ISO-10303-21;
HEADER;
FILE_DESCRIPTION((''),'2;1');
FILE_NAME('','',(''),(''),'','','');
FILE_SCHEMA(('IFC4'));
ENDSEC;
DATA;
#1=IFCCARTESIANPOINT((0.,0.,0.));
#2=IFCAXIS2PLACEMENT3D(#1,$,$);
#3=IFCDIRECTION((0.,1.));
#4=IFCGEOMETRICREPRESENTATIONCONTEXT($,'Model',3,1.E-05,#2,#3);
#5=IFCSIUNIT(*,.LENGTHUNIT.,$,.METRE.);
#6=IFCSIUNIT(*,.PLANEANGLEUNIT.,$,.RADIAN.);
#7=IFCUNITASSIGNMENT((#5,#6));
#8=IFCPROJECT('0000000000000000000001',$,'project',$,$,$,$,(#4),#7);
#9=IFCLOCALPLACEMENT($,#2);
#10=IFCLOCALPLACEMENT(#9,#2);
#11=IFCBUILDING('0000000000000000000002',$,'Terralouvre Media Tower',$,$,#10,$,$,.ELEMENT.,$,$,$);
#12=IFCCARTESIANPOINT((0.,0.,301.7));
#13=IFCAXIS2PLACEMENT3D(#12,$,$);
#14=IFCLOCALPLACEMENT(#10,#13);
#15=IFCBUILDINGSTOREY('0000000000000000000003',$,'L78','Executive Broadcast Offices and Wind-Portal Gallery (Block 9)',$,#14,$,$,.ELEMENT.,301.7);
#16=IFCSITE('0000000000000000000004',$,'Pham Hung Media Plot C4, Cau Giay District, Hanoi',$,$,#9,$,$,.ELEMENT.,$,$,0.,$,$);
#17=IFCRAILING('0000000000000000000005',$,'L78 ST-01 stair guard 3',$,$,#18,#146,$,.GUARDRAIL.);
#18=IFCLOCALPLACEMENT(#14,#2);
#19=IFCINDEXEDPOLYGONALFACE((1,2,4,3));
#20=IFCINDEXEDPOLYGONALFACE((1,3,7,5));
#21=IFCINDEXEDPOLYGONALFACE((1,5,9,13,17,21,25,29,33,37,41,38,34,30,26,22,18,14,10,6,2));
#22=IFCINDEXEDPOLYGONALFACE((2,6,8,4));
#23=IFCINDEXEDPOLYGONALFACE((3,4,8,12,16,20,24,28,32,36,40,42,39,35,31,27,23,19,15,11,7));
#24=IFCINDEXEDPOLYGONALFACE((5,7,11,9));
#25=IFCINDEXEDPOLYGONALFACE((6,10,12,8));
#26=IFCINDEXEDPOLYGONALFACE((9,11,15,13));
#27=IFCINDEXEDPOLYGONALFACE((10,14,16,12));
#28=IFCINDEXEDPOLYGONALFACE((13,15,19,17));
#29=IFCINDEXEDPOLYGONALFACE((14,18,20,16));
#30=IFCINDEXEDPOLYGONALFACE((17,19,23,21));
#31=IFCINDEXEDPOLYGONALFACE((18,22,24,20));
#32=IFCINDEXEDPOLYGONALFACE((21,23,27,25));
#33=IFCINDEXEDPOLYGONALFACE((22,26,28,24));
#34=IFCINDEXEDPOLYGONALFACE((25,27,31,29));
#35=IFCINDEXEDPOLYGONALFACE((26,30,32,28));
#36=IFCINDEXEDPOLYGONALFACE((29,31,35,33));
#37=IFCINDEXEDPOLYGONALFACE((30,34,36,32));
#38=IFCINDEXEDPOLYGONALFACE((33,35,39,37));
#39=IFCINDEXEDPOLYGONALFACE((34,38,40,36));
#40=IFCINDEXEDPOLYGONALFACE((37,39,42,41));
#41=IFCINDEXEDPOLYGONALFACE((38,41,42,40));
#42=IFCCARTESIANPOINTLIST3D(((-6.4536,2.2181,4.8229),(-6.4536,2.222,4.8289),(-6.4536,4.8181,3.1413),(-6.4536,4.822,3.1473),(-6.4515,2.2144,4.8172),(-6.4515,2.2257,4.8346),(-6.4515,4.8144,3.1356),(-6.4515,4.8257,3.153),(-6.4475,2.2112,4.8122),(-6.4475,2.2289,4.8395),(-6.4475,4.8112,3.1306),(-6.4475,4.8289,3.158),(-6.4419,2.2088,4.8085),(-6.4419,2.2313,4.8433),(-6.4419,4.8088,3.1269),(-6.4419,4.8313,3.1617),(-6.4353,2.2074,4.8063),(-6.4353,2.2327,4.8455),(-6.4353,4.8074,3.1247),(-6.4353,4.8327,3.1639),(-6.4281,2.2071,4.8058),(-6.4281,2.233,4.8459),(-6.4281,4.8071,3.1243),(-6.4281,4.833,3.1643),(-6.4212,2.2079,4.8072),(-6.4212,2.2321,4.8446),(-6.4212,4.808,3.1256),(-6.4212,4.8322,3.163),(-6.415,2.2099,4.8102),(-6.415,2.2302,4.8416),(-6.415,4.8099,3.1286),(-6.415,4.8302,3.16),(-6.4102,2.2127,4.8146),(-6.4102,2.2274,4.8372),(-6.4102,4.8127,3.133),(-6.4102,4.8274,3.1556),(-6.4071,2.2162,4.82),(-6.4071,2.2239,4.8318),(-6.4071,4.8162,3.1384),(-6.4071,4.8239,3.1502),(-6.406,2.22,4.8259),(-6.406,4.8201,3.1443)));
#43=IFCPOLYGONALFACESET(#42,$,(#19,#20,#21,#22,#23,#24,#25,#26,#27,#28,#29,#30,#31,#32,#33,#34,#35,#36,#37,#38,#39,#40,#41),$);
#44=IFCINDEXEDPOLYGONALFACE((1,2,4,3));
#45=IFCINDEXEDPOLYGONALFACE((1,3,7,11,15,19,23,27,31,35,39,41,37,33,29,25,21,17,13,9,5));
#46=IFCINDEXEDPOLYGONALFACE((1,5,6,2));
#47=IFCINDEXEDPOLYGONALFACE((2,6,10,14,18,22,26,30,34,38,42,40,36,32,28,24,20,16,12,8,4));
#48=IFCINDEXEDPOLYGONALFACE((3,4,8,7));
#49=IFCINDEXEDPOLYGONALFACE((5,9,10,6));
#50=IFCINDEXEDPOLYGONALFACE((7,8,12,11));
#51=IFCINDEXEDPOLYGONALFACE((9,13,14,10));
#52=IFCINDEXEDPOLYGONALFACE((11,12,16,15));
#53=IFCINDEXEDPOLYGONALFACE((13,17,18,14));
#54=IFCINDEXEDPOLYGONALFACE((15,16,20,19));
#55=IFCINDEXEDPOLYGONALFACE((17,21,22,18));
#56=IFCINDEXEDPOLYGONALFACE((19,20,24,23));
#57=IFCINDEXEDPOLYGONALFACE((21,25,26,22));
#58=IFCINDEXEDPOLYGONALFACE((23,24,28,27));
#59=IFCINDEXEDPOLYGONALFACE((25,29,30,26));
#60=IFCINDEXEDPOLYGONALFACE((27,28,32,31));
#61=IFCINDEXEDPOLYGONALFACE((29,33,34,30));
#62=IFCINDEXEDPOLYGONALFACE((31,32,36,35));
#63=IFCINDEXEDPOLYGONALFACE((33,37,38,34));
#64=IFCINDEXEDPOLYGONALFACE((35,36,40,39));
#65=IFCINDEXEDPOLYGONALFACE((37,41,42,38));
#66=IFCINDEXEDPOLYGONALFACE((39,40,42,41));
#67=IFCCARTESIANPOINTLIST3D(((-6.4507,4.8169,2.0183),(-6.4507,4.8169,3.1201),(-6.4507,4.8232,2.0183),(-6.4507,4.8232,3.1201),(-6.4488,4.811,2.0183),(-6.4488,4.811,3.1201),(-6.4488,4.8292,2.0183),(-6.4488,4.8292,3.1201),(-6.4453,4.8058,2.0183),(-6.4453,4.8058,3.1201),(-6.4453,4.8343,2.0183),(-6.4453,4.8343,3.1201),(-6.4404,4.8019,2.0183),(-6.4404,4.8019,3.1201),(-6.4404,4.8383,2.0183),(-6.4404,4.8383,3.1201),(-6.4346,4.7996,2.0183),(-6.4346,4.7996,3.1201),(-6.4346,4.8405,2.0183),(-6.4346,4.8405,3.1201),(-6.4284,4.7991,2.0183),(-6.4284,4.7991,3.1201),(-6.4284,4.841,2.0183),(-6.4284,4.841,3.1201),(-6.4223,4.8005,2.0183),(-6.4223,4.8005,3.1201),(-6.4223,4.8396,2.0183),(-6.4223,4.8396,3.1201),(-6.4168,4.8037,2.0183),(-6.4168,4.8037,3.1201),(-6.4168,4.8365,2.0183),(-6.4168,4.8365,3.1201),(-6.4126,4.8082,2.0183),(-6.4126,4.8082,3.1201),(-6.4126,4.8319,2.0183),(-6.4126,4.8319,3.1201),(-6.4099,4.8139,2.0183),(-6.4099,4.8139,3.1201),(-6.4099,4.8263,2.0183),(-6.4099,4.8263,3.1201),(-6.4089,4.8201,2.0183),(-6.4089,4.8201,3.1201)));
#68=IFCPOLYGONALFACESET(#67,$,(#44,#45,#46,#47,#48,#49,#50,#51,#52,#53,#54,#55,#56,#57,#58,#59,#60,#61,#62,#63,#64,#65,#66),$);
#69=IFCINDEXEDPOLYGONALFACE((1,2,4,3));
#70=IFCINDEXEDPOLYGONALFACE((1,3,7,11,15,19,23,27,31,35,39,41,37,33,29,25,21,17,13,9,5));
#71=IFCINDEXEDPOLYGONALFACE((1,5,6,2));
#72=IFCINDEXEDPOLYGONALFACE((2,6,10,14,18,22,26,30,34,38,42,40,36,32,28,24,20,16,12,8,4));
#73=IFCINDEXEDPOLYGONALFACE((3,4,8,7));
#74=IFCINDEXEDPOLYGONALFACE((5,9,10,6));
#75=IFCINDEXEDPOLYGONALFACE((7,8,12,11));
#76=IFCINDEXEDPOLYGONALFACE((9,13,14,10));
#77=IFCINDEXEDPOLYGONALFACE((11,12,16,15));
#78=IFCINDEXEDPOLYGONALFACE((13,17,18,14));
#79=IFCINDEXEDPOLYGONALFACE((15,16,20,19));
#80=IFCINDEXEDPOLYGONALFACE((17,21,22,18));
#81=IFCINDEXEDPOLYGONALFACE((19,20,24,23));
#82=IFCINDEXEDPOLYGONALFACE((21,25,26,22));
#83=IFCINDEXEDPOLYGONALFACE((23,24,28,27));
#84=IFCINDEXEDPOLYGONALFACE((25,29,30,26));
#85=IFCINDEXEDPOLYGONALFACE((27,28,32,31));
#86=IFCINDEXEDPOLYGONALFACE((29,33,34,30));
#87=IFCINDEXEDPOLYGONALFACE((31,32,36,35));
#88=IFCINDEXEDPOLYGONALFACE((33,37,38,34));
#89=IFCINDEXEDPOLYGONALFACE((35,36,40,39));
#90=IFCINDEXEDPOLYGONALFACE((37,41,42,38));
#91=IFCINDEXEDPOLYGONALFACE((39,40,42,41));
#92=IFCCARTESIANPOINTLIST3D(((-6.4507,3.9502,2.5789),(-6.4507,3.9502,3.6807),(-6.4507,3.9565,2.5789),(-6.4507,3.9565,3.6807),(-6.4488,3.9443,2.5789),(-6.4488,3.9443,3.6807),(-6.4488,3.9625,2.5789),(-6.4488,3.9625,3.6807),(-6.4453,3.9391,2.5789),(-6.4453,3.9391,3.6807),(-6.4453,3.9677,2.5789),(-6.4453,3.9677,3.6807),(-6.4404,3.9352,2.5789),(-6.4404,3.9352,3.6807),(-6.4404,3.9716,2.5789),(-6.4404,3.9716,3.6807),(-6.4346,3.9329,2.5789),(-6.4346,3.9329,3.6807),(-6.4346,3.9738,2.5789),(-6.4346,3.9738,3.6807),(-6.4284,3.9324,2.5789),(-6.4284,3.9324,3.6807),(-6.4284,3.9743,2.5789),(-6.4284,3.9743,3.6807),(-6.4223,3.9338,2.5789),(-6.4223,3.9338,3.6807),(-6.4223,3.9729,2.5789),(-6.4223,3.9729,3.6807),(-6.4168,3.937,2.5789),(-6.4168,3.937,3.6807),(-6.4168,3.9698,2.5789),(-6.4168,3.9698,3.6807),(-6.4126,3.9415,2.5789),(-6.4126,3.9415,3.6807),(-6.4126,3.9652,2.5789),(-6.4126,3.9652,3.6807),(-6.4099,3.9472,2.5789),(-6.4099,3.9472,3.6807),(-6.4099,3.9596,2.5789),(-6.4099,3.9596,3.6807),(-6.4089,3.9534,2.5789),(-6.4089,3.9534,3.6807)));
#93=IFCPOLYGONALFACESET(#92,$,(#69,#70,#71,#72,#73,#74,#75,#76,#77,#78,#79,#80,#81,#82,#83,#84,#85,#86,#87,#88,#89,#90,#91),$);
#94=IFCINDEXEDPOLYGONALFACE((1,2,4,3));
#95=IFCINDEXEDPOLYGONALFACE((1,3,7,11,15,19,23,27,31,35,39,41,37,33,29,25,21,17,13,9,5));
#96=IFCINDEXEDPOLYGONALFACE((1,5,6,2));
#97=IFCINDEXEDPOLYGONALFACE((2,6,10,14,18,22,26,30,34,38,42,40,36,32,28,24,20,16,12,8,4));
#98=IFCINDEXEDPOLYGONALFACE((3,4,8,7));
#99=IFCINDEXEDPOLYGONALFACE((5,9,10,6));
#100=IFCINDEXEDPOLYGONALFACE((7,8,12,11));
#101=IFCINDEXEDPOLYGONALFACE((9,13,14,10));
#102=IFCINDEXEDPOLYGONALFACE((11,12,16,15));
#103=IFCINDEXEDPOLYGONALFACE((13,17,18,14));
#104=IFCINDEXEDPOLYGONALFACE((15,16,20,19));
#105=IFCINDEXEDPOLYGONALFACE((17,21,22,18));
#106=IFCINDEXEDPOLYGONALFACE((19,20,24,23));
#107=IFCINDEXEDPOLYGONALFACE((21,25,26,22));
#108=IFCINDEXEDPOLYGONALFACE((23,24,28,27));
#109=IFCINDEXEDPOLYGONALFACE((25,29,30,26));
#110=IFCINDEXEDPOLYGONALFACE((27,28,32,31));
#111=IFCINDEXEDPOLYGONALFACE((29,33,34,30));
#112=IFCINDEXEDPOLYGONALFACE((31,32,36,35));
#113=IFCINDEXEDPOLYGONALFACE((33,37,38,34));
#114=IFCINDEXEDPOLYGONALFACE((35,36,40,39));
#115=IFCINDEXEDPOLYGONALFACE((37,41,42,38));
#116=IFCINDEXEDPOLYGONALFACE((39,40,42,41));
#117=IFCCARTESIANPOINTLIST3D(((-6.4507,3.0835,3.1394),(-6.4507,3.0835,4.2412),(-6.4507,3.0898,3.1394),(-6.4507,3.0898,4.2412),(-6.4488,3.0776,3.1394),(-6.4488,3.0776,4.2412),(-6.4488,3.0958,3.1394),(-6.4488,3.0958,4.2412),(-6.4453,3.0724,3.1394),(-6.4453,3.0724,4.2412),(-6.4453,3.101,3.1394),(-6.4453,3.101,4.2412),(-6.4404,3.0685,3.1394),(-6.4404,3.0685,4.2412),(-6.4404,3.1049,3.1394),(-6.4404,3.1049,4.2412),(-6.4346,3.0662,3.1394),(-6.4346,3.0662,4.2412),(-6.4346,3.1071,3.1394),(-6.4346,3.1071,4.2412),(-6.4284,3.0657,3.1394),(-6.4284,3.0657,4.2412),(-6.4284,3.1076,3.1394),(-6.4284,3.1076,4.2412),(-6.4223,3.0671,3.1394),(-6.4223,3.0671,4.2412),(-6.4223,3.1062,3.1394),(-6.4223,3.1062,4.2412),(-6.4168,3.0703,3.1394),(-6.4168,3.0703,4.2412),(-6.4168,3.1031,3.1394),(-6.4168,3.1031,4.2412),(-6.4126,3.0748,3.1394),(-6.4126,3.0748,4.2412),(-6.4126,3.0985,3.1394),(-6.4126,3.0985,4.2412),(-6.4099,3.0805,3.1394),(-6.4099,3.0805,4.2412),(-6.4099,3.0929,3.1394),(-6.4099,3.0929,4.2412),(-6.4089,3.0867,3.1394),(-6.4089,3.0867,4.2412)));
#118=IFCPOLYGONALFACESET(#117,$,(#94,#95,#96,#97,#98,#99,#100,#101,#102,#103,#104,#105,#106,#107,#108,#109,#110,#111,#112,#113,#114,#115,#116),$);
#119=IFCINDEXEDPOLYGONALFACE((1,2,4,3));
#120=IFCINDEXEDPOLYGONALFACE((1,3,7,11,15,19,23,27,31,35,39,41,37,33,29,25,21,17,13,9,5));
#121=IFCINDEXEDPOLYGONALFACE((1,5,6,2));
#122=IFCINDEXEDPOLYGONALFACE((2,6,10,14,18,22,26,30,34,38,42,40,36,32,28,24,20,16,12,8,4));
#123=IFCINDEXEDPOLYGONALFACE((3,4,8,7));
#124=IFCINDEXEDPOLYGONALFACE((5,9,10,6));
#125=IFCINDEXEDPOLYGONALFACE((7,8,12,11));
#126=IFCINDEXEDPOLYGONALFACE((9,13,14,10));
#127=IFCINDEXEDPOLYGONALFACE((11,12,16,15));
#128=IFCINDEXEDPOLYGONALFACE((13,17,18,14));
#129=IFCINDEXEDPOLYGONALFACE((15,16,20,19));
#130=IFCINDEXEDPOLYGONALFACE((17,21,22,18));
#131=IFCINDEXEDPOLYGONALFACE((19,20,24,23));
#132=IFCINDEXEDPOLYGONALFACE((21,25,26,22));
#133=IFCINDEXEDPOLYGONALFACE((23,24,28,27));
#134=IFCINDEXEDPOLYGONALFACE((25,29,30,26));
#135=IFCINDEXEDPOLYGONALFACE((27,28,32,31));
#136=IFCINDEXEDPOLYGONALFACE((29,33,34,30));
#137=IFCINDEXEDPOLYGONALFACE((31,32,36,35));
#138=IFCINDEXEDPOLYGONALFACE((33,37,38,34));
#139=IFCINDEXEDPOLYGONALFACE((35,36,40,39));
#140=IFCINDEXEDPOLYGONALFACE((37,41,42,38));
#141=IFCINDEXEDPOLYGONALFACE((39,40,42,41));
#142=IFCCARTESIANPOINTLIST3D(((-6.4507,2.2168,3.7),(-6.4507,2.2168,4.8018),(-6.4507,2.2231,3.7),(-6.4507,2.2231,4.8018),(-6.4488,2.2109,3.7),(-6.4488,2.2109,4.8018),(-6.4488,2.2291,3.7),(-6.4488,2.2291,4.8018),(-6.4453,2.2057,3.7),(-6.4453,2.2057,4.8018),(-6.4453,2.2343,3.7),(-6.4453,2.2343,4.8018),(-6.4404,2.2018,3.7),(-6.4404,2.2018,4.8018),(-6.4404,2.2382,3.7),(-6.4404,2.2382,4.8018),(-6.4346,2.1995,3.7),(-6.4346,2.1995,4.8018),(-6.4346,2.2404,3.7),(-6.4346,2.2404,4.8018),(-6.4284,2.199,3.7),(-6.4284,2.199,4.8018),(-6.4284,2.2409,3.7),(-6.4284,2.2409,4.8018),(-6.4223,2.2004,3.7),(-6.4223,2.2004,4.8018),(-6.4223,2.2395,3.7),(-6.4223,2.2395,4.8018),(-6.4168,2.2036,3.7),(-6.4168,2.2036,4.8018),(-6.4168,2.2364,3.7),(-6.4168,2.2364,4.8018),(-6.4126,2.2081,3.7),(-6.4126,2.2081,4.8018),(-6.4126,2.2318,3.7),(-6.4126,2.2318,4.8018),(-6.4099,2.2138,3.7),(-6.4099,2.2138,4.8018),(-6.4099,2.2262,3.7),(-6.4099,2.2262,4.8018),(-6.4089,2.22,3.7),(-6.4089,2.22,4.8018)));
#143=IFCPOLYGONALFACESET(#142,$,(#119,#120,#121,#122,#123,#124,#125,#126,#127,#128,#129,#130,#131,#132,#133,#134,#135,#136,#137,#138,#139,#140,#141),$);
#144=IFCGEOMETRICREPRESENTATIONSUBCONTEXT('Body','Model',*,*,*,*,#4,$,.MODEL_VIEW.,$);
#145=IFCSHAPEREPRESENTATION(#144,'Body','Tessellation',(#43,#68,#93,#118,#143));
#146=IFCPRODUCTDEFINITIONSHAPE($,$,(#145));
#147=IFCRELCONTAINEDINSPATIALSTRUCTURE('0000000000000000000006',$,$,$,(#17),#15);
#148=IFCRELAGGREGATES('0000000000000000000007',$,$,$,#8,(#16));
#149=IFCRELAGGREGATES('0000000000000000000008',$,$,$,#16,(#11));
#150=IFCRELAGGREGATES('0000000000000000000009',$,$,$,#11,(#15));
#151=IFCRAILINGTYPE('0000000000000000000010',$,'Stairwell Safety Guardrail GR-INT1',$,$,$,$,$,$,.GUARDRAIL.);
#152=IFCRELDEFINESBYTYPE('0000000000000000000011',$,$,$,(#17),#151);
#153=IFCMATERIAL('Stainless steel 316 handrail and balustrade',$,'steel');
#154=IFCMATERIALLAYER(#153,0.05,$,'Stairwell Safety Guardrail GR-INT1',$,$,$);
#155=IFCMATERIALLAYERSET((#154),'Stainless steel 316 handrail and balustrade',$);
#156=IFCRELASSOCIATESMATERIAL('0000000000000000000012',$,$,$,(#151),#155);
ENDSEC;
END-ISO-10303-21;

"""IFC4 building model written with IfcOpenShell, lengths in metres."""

from ifc_helpers import new_model, si_unit, direction, frame, origin, origin_2d, place, context, subcontext, project, spatial, circle, extrude, material, layer, layer_set, type_object, element, save


model = new_model("IFC4")

# Units and contexts
model_context = context("Model", 3, precision=1e-05, world=origin(), true_north=direction((0.0, 1.0)))
body_context = subcontext(model_context, "Body", "Model", "MODEL_VIEW")
ifc_project = project(units=[si_unit("LENGTHUNIT", "METRE"), si_unit("PLANEANGLEUNIT", "RADIAN")], contexts=[model_context])

# Site, building, storey
site_placement = place(None, origin())
site = spatial("IfcSite", under=ifc_project, at=site_placement, Name="Pham Hung Media Plot C4, Cau Giay District, Hanoi", CompositionType="ELEMENT", RefElevation=0.0)
building_placement = place(site_placement, origin())
building = spatial("IfcBuilding", under=site, at=building_placement, Name="Terralouvre Media Tower", CompositionType="ELEMENT")
storey_placement = place(building_placement, frame((0.0, 0.0, 301.7)))
storey = spatial("IfcBuildingStorey", under=building, at=storey_placement, Name="L78", Description="Executive Broadcast Offices and Wind-Portal Gallery (Block 9)", CompositionType="ELEMENT", Elevation=301.7)

# Railing
ifc_material_1 = material(Name="Stainless steel 316 handrail and balustrade", Category="steel")
ifc_layer_1 = layer(ifc_material_1, 0.05, Name="Stairwell Safety Guardrail GR-INT1")
ifc_layer_set_1 = layer_set([ifc_layer_1], Name="Stainless steel 316 handrail and balustrade")
railing_type = type_object("IfcRailingType", Name="Stairwell Safety Guardrail GR-INT1", PredefinedType="GUARDRAIL", material=ifc_layer_set_1)
railing_1_placement = place(storey_placement, frame((-6.4299, 4.8201, 2.0183)))
element("IfcRailing", 1, at=railing_1_placement, inside=storey, type_object=railing_type, Name="L78 ST-01 stair guard 3", PredefinedType="GUARDRAIL", context=body_context, shape_type="SweptSolid", body=[
    extrude(circle(Radius=0.0239, at=origin_2d()), frame((0.0, 0.0, 1.126), z_axis=(0.0, -0.839684, 0.543075), x_axis=(1.0, 0.0, 0.0)), (0.0, 0.0, 1.0), 3.0964),
    extrude(circle(Radius=0.021, at=origin_2d()), origin(), (0.0, 0.0, 1.0), 1.1018),
    extrude(circle(Radius=0.021, at=origin_2d()), frame((0.0, -0.8667, 0.5605)), (0.0, 0.0, 1.0), 1.1018),
    extrude(circle(Radius=0.021, at=origin_2d()), frame((0.0, -1.7334, 1.1211)), (0.0, 0.0, 1.0), 1.1018),
    extrude(circle(Radius=0.021, at=origin_2d()), frame((0.0, -2.6001, 1.6816)), (0.0, 0.0, 1.0), 1.1018),
])

save(model, "model.ifc")
